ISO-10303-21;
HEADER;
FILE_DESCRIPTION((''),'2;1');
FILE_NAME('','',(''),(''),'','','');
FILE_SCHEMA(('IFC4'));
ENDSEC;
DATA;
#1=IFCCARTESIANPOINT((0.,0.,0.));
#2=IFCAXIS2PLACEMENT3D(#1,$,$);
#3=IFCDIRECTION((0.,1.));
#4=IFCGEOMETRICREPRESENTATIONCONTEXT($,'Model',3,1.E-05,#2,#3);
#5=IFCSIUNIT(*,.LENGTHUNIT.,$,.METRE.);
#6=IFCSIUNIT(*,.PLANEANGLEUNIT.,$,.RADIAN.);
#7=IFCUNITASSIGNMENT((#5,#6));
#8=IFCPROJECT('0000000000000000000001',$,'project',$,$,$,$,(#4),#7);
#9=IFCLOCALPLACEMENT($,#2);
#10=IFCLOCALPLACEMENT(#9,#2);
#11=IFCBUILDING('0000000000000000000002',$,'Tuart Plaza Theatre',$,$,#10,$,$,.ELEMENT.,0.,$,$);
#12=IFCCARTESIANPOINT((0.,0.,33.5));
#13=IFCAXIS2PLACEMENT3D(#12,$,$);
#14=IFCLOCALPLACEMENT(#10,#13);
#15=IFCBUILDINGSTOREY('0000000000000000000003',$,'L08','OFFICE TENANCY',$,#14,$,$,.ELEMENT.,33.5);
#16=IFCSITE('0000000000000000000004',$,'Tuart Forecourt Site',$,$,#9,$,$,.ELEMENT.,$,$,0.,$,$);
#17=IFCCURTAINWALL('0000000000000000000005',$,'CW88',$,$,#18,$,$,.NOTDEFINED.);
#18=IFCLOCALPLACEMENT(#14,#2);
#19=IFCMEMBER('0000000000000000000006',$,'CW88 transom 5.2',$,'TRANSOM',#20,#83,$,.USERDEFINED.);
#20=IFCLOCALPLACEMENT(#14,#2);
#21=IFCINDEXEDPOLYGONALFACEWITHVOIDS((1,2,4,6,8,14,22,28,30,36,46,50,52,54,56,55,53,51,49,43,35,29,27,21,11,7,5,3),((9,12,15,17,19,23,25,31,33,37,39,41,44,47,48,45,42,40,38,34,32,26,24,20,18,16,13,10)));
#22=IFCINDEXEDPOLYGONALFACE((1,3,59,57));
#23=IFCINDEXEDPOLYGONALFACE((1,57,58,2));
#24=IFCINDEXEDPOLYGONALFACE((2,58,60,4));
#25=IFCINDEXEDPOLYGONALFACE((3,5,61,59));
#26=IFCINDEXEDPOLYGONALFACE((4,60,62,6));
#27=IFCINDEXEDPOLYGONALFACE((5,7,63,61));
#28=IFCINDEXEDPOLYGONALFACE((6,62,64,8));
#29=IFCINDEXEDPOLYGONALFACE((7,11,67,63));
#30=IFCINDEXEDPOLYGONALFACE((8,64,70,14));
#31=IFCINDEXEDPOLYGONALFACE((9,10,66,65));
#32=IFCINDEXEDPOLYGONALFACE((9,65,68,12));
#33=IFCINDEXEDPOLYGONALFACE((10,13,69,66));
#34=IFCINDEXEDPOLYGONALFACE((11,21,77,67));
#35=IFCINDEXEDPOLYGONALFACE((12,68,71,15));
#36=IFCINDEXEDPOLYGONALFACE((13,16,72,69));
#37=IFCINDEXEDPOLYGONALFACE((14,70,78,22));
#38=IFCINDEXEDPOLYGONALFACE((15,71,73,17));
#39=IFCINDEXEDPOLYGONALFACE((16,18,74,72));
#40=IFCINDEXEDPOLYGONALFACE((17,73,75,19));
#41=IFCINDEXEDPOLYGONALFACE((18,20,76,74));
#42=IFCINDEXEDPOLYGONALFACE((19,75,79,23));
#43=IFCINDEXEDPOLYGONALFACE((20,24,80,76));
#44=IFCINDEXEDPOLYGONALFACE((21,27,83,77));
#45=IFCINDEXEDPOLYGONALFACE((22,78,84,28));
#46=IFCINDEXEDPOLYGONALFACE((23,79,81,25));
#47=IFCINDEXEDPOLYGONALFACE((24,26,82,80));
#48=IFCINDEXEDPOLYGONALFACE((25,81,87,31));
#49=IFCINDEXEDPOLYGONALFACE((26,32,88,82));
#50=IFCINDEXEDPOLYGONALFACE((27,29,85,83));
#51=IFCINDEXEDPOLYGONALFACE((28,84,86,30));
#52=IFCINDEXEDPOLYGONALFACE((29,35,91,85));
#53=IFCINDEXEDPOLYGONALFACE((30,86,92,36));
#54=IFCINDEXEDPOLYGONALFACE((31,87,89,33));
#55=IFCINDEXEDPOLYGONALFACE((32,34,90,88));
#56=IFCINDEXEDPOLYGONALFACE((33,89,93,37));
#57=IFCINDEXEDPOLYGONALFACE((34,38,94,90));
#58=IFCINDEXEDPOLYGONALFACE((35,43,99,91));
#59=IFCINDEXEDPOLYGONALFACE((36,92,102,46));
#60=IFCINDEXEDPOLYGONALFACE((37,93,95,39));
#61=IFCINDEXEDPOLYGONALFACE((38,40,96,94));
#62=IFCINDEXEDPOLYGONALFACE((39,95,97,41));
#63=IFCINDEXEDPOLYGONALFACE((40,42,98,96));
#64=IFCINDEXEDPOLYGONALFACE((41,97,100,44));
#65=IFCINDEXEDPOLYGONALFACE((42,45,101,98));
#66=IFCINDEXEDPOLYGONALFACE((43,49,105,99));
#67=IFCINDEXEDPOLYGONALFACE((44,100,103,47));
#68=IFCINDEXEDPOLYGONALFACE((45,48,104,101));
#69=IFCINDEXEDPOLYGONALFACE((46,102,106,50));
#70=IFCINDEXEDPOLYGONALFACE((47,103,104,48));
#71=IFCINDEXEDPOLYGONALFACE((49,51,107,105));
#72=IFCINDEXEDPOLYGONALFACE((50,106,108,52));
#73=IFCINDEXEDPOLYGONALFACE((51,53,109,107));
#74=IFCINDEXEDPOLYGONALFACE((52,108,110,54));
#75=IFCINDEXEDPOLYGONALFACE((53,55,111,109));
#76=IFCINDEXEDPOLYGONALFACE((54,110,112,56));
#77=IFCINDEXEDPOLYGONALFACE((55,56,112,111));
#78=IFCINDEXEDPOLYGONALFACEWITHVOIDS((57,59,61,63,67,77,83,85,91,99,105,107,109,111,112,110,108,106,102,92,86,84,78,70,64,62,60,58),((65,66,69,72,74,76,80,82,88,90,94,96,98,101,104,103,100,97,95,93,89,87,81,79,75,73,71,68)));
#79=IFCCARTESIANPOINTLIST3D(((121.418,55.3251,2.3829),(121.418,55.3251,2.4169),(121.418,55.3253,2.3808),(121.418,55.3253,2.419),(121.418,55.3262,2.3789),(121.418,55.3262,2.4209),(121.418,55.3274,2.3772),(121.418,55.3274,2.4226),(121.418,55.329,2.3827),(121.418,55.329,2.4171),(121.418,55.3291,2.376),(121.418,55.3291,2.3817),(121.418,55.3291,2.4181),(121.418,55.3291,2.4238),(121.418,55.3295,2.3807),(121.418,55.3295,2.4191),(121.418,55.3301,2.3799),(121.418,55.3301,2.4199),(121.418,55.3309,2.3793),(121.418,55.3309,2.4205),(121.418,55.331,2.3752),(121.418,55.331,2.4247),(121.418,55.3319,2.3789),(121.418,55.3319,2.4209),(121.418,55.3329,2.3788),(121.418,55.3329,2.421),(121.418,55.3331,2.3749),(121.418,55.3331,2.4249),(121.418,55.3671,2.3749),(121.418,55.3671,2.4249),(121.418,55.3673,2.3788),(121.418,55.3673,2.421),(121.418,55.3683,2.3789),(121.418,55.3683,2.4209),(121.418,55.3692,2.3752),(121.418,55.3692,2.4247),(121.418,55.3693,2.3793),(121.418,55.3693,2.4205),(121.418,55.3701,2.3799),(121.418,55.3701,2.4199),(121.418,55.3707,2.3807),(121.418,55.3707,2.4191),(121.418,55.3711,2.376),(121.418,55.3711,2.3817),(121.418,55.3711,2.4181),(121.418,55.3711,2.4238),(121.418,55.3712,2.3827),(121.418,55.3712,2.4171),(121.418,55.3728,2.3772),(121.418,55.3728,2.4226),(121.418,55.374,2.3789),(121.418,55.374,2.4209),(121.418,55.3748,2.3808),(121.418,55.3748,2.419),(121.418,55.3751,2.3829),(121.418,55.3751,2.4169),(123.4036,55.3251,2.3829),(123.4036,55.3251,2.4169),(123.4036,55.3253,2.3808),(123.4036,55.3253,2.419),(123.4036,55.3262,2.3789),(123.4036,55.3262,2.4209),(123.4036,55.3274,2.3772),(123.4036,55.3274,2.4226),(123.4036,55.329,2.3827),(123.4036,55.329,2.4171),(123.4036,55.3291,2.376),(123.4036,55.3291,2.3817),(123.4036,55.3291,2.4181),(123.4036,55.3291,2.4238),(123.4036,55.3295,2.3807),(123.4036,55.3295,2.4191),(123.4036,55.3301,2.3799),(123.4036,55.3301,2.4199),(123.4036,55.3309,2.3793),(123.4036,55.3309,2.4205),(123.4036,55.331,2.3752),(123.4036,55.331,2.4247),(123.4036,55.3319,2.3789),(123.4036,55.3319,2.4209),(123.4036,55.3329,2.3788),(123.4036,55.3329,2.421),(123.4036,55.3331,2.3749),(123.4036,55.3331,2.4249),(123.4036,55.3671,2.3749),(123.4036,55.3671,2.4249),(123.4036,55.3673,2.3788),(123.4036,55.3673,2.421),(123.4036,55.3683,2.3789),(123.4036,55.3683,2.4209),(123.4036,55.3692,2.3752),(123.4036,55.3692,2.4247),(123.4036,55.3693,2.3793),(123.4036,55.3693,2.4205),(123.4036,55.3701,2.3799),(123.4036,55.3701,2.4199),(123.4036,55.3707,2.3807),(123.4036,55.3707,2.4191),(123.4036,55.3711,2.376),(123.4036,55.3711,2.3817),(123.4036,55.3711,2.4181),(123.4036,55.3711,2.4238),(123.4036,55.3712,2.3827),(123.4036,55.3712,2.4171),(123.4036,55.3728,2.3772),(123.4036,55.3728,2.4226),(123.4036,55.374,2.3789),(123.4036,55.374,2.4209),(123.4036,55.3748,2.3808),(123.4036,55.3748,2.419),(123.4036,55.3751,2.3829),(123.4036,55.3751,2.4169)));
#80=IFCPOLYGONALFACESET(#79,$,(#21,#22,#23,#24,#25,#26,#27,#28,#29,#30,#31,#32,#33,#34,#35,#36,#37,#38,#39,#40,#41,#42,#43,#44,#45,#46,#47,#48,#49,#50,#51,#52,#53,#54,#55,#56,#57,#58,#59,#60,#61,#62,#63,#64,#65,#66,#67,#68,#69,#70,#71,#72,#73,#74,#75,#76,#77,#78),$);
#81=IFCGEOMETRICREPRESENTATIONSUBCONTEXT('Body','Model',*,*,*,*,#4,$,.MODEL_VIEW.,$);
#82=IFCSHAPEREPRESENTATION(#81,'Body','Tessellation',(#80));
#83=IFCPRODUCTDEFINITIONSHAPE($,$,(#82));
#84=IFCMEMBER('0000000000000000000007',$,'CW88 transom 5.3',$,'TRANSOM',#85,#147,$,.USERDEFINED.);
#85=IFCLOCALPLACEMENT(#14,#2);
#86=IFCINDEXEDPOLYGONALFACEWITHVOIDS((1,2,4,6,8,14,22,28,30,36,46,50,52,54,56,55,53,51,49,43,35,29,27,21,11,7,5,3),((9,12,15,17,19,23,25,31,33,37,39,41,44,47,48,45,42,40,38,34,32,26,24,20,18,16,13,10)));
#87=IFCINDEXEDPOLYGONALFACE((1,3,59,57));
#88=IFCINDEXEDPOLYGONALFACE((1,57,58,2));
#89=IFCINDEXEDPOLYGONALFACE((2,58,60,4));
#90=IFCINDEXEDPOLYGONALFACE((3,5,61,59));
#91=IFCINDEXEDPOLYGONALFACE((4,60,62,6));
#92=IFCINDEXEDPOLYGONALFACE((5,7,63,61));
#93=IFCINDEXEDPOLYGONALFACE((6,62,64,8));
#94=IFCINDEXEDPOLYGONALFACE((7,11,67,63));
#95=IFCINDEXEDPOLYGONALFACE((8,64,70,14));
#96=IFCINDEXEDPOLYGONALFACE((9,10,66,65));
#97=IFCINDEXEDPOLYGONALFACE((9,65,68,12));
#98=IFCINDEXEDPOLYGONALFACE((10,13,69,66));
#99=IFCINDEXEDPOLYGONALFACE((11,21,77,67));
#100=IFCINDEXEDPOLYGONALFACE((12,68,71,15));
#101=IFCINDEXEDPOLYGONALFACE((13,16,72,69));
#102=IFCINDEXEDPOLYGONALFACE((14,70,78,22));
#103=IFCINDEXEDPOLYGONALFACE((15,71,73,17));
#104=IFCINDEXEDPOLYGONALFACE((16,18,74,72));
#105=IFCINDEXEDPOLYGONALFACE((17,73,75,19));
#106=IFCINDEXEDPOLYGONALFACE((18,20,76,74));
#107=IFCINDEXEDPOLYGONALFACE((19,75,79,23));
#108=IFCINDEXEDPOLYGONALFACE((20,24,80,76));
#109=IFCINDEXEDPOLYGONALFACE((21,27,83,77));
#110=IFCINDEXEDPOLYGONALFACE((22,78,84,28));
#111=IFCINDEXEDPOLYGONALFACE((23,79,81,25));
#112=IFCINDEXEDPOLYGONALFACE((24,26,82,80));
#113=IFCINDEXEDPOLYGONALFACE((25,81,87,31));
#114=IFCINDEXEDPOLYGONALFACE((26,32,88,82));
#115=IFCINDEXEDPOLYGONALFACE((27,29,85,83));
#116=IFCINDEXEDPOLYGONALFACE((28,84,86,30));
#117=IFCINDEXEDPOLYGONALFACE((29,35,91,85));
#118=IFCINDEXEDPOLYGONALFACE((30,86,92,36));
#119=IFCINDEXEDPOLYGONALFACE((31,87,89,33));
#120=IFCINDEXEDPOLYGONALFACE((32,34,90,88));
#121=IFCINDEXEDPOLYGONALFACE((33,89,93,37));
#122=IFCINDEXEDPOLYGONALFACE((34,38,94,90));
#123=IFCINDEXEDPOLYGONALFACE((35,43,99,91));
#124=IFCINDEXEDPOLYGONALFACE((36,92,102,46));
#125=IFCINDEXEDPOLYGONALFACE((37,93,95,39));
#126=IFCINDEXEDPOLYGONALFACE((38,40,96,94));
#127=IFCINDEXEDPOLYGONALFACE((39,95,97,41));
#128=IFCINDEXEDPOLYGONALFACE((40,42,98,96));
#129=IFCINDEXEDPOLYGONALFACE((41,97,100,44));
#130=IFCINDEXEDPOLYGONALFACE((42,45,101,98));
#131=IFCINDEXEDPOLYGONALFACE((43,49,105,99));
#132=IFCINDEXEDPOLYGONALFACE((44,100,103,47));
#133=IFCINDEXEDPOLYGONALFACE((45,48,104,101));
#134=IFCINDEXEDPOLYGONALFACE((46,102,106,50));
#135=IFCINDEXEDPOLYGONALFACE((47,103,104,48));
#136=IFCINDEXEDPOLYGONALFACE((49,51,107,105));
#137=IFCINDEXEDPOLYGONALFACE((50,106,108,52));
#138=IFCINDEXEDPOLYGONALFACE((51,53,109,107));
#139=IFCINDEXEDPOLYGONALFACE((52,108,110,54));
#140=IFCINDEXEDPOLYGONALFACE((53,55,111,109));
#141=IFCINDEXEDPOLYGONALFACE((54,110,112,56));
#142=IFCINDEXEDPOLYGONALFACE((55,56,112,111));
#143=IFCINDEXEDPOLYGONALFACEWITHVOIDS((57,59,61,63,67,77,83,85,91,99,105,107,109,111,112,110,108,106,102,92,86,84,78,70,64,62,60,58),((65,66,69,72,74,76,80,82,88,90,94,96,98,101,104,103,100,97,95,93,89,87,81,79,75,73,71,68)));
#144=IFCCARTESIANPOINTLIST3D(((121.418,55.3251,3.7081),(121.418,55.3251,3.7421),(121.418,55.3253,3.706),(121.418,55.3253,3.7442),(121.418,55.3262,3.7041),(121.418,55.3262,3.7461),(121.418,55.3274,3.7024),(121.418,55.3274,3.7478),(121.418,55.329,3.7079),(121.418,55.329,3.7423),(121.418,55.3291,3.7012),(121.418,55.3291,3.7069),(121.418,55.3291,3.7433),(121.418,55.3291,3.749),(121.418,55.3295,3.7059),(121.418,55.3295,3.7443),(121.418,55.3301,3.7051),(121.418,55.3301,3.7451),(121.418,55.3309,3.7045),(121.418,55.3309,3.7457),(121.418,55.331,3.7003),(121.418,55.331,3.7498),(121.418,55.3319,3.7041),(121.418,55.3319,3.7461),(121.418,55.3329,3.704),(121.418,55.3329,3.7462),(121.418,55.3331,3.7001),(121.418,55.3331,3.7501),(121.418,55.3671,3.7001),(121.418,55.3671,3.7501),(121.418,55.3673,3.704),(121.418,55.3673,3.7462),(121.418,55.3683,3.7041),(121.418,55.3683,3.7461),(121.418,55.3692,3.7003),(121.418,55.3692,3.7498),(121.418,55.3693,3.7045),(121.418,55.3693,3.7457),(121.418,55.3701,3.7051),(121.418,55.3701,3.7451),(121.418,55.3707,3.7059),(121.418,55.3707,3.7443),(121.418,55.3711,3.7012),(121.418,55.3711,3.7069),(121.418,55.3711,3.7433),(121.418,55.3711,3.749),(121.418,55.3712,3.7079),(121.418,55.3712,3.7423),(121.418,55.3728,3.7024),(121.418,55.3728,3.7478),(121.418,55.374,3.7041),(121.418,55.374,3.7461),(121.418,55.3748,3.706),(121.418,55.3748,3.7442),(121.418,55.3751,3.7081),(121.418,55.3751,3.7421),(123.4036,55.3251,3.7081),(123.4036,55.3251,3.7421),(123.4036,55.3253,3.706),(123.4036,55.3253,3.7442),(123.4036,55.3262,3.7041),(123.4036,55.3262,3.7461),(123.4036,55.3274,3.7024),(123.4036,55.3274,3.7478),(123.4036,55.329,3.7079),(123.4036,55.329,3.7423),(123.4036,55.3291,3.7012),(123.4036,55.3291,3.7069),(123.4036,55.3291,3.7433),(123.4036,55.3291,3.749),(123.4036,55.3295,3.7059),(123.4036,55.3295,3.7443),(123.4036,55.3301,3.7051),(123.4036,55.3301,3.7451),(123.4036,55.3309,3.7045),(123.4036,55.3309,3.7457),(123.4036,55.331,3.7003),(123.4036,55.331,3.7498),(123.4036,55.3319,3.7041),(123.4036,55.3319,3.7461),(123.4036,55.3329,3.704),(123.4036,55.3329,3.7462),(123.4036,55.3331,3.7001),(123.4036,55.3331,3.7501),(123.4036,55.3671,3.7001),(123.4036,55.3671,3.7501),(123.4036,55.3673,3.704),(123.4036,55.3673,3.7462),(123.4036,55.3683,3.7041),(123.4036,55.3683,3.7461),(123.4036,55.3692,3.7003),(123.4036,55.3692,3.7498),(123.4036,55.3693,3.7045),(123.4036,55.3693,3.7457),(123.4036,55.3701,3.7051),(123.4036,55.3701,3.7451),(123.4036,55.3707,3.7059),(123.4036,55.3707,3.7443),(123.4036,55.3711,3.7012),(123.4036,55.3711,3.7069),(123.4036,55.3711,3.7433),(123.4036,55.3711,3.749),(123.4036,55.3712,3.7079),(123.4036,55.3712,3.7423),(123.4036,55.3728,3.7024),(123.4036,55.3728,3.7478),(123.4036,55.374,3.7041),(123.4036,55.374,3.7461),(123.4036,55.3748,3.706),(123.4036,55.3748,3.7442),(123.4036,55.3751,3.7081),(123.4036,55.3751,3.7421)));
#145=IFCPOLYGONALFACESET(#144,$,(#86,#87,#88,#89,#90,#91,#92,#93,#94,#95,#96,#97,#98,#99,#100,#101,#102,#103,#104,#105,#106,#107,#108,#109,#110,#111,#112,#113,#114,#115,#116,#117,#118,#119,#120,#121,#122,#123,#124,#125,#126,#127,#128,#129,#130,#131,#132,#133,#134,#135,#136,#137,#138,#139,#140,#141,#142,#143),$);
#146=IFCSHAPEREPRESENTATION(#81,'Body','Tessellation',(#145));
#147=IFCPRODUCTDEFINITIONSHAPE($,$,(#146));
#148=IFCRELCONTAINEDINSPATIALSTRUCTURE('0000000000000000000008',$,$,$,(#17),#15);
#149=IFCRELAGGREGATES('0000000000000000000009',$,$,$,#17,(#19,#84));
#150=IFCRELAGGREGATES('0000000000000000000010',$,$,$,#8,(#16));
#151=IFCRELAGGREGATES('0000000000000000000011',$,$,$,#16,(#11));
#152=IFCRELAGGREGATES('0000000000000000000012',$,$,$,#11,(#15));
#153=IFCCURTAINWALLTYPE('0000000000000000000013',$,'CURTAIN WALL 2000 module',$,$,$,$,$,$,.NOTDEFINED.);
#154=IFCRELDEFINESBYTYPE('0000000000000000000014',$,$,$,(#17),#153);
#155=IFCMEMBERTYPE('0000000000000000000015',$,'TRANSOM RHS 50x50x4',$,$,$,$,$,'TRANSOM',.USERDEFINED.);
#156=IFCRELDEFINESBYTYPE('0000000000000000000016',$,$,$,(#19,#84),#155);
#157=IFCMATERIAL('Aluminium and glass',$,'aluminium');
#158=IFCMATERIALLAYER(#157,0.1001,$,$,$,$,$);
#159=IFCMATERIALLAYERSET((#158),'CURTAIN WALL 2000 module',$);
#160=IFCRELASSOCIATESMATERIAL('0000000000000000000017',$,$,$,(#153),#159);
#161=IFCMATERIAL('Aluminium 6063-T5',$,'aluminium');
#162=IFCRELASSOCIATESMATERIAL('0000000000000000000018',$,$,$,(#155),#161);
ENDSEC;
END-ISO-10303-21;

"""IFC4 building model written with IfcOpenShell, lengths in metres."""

from ifc_helpers import new_model, si_unit, direction, frame, origin, origin_2d, place, context, subcontext, project, spatial, hollow_rectangle, extrude, material, layer, layer_set, material_profile, profile_set, type_object, element, aggregate, save


model = new_model("IFC4")

# Units and contexts
model_context = context("Model", 3, precision=1e-05, world=origin(), true_north=direction((0.0, 1.0)))
body_context = subcontext(model_context, "Body", "Model", "MODEL_VIEW")
ifc_project = project(units=[si_unit("LENGTHUNIT", "METRE"), si_unit("PLANEANGLEUNIT", "RADIAN")], contexts=[model_context])

# Site, building, storey
site_placement = place(None, origin())
site = spatial("IfcSite", under=ifc_project, at=site_placement, Name="Tuart Forecourt Site", CompositionType="ELEMENT", RefElevation=0.0)
building_placement = place(site_placement, origin())
building = spatial("IfcBuilding", under=site, at=building_placement, Name="Tuart Plaza Theatre", CompositionType="ELEMENT", ElevationOfRefHeight=0.0)
storey_placement = place(building_placement, frame((0.0, 0.0, 33.5)))
storey = spatial("IfcBuildingStorey", under=building, at=storey_placement, Name="L08", Description="OFFICE TENANCY", CompositionType="ELEMENT", Elevation=33.5)

# Curtain wall, members
ifc_material_1 = material(Name="Aluminium and glass", Category="aluminium")
ifc_layer_1 = layer(ifc_material_1, 0.1001)
ifc_layer_set_1 = layer_set([ifc_layer_1], Name="CURTAIN WALL 2000 module")
curtain_wall_type = type_object("IfcCurtainWallType", Name="CURTAIN WALL 2000 module", PredefinedType="NOTDEFINED", material=ifc_layer_set_1)
curtain_wall_placement = place(storey_placement, origin())
curtain_wall = element("IfcCurtainWall", 1, at=curtain_wall_placement, inside=storey, type_object=curtain_wall_type, Name="CW88", PredefinedType="NOTDEFINED")
ifc_material_2 = material(Name="Aluminium 6063-T5", Category="aluminium")
ifc_material_profile_1 = material_profile(ifc_material_2, hollow_rectangle(XDim=0.05, YDim=0.05, WallThickness=0.0039, InnerFilletRadius=0.0039, OuterFilletRadius=0.0081, at=origin_2d()), Name="RHS 50x50x4")
ifc_profile_set_1 = profile_set([ifc_material_profile_1], Name="Aluminium 6063-T5")
member_type_1 = type_object("IfcMemberType", Name="TRANSOM RHS 50x50x4", ElementType="TRANSOM", PredefinedType="USERDEFINED", material=ifc_profile_set_1)
member_1_placement = place(storey_placement, frame((121.418, 55.3501, 2.3999), z_axis=(1.0, 0.0, 0.0), x_axis=(0.0, 1.0, 0.0)))
member_1 = element("IfcMember", 2, at=member_1_placement, type_object=member_type_1, Name="CW88 transom 5.2", ObjectType="TRANSOM", PredefinedType="USERDEFINED", context=body_context, shape_type="SweptSolid", body=[
    extrude(hollow_rectangle(XDim=0.05, YDim=0.05, WallThickness=0.0039, InnerFilletRadius=0.0039, OuterFilletRadius=0.0081, at=origin_2d()), origin(), (0.0, 0.0, 1.0), 1.9856),
])
member_2_placement = place(storey_placement, frame((121.418, 55.3501, 3.7251), z_axis=(1.0, 0.0, 0.0), x_axis=(0.0, 1.0, 0.0)))
member_2 = element("IfcMember", 3, at=member_2_placement, type_object=member_type_1, Name="CW88 transom 5.3", ObjectType="TRANSOM", PredefinedType="USERDEFINED", context=body_context, shape_type="SweptSolid", body=[
    extrude(hollow_rectangle(XDim=0.05, YDim=0.05, WallThickness=0.0039, InnerFilletRadius=0.0039, OuterFilletRadius=0.0081, at=origin_2d()), origin(), (0.0, 0.0, 1.0), 1.9856),
])
aggregate(curtain_wall, [member_1, member_2])

save(model, "model.ifc")
